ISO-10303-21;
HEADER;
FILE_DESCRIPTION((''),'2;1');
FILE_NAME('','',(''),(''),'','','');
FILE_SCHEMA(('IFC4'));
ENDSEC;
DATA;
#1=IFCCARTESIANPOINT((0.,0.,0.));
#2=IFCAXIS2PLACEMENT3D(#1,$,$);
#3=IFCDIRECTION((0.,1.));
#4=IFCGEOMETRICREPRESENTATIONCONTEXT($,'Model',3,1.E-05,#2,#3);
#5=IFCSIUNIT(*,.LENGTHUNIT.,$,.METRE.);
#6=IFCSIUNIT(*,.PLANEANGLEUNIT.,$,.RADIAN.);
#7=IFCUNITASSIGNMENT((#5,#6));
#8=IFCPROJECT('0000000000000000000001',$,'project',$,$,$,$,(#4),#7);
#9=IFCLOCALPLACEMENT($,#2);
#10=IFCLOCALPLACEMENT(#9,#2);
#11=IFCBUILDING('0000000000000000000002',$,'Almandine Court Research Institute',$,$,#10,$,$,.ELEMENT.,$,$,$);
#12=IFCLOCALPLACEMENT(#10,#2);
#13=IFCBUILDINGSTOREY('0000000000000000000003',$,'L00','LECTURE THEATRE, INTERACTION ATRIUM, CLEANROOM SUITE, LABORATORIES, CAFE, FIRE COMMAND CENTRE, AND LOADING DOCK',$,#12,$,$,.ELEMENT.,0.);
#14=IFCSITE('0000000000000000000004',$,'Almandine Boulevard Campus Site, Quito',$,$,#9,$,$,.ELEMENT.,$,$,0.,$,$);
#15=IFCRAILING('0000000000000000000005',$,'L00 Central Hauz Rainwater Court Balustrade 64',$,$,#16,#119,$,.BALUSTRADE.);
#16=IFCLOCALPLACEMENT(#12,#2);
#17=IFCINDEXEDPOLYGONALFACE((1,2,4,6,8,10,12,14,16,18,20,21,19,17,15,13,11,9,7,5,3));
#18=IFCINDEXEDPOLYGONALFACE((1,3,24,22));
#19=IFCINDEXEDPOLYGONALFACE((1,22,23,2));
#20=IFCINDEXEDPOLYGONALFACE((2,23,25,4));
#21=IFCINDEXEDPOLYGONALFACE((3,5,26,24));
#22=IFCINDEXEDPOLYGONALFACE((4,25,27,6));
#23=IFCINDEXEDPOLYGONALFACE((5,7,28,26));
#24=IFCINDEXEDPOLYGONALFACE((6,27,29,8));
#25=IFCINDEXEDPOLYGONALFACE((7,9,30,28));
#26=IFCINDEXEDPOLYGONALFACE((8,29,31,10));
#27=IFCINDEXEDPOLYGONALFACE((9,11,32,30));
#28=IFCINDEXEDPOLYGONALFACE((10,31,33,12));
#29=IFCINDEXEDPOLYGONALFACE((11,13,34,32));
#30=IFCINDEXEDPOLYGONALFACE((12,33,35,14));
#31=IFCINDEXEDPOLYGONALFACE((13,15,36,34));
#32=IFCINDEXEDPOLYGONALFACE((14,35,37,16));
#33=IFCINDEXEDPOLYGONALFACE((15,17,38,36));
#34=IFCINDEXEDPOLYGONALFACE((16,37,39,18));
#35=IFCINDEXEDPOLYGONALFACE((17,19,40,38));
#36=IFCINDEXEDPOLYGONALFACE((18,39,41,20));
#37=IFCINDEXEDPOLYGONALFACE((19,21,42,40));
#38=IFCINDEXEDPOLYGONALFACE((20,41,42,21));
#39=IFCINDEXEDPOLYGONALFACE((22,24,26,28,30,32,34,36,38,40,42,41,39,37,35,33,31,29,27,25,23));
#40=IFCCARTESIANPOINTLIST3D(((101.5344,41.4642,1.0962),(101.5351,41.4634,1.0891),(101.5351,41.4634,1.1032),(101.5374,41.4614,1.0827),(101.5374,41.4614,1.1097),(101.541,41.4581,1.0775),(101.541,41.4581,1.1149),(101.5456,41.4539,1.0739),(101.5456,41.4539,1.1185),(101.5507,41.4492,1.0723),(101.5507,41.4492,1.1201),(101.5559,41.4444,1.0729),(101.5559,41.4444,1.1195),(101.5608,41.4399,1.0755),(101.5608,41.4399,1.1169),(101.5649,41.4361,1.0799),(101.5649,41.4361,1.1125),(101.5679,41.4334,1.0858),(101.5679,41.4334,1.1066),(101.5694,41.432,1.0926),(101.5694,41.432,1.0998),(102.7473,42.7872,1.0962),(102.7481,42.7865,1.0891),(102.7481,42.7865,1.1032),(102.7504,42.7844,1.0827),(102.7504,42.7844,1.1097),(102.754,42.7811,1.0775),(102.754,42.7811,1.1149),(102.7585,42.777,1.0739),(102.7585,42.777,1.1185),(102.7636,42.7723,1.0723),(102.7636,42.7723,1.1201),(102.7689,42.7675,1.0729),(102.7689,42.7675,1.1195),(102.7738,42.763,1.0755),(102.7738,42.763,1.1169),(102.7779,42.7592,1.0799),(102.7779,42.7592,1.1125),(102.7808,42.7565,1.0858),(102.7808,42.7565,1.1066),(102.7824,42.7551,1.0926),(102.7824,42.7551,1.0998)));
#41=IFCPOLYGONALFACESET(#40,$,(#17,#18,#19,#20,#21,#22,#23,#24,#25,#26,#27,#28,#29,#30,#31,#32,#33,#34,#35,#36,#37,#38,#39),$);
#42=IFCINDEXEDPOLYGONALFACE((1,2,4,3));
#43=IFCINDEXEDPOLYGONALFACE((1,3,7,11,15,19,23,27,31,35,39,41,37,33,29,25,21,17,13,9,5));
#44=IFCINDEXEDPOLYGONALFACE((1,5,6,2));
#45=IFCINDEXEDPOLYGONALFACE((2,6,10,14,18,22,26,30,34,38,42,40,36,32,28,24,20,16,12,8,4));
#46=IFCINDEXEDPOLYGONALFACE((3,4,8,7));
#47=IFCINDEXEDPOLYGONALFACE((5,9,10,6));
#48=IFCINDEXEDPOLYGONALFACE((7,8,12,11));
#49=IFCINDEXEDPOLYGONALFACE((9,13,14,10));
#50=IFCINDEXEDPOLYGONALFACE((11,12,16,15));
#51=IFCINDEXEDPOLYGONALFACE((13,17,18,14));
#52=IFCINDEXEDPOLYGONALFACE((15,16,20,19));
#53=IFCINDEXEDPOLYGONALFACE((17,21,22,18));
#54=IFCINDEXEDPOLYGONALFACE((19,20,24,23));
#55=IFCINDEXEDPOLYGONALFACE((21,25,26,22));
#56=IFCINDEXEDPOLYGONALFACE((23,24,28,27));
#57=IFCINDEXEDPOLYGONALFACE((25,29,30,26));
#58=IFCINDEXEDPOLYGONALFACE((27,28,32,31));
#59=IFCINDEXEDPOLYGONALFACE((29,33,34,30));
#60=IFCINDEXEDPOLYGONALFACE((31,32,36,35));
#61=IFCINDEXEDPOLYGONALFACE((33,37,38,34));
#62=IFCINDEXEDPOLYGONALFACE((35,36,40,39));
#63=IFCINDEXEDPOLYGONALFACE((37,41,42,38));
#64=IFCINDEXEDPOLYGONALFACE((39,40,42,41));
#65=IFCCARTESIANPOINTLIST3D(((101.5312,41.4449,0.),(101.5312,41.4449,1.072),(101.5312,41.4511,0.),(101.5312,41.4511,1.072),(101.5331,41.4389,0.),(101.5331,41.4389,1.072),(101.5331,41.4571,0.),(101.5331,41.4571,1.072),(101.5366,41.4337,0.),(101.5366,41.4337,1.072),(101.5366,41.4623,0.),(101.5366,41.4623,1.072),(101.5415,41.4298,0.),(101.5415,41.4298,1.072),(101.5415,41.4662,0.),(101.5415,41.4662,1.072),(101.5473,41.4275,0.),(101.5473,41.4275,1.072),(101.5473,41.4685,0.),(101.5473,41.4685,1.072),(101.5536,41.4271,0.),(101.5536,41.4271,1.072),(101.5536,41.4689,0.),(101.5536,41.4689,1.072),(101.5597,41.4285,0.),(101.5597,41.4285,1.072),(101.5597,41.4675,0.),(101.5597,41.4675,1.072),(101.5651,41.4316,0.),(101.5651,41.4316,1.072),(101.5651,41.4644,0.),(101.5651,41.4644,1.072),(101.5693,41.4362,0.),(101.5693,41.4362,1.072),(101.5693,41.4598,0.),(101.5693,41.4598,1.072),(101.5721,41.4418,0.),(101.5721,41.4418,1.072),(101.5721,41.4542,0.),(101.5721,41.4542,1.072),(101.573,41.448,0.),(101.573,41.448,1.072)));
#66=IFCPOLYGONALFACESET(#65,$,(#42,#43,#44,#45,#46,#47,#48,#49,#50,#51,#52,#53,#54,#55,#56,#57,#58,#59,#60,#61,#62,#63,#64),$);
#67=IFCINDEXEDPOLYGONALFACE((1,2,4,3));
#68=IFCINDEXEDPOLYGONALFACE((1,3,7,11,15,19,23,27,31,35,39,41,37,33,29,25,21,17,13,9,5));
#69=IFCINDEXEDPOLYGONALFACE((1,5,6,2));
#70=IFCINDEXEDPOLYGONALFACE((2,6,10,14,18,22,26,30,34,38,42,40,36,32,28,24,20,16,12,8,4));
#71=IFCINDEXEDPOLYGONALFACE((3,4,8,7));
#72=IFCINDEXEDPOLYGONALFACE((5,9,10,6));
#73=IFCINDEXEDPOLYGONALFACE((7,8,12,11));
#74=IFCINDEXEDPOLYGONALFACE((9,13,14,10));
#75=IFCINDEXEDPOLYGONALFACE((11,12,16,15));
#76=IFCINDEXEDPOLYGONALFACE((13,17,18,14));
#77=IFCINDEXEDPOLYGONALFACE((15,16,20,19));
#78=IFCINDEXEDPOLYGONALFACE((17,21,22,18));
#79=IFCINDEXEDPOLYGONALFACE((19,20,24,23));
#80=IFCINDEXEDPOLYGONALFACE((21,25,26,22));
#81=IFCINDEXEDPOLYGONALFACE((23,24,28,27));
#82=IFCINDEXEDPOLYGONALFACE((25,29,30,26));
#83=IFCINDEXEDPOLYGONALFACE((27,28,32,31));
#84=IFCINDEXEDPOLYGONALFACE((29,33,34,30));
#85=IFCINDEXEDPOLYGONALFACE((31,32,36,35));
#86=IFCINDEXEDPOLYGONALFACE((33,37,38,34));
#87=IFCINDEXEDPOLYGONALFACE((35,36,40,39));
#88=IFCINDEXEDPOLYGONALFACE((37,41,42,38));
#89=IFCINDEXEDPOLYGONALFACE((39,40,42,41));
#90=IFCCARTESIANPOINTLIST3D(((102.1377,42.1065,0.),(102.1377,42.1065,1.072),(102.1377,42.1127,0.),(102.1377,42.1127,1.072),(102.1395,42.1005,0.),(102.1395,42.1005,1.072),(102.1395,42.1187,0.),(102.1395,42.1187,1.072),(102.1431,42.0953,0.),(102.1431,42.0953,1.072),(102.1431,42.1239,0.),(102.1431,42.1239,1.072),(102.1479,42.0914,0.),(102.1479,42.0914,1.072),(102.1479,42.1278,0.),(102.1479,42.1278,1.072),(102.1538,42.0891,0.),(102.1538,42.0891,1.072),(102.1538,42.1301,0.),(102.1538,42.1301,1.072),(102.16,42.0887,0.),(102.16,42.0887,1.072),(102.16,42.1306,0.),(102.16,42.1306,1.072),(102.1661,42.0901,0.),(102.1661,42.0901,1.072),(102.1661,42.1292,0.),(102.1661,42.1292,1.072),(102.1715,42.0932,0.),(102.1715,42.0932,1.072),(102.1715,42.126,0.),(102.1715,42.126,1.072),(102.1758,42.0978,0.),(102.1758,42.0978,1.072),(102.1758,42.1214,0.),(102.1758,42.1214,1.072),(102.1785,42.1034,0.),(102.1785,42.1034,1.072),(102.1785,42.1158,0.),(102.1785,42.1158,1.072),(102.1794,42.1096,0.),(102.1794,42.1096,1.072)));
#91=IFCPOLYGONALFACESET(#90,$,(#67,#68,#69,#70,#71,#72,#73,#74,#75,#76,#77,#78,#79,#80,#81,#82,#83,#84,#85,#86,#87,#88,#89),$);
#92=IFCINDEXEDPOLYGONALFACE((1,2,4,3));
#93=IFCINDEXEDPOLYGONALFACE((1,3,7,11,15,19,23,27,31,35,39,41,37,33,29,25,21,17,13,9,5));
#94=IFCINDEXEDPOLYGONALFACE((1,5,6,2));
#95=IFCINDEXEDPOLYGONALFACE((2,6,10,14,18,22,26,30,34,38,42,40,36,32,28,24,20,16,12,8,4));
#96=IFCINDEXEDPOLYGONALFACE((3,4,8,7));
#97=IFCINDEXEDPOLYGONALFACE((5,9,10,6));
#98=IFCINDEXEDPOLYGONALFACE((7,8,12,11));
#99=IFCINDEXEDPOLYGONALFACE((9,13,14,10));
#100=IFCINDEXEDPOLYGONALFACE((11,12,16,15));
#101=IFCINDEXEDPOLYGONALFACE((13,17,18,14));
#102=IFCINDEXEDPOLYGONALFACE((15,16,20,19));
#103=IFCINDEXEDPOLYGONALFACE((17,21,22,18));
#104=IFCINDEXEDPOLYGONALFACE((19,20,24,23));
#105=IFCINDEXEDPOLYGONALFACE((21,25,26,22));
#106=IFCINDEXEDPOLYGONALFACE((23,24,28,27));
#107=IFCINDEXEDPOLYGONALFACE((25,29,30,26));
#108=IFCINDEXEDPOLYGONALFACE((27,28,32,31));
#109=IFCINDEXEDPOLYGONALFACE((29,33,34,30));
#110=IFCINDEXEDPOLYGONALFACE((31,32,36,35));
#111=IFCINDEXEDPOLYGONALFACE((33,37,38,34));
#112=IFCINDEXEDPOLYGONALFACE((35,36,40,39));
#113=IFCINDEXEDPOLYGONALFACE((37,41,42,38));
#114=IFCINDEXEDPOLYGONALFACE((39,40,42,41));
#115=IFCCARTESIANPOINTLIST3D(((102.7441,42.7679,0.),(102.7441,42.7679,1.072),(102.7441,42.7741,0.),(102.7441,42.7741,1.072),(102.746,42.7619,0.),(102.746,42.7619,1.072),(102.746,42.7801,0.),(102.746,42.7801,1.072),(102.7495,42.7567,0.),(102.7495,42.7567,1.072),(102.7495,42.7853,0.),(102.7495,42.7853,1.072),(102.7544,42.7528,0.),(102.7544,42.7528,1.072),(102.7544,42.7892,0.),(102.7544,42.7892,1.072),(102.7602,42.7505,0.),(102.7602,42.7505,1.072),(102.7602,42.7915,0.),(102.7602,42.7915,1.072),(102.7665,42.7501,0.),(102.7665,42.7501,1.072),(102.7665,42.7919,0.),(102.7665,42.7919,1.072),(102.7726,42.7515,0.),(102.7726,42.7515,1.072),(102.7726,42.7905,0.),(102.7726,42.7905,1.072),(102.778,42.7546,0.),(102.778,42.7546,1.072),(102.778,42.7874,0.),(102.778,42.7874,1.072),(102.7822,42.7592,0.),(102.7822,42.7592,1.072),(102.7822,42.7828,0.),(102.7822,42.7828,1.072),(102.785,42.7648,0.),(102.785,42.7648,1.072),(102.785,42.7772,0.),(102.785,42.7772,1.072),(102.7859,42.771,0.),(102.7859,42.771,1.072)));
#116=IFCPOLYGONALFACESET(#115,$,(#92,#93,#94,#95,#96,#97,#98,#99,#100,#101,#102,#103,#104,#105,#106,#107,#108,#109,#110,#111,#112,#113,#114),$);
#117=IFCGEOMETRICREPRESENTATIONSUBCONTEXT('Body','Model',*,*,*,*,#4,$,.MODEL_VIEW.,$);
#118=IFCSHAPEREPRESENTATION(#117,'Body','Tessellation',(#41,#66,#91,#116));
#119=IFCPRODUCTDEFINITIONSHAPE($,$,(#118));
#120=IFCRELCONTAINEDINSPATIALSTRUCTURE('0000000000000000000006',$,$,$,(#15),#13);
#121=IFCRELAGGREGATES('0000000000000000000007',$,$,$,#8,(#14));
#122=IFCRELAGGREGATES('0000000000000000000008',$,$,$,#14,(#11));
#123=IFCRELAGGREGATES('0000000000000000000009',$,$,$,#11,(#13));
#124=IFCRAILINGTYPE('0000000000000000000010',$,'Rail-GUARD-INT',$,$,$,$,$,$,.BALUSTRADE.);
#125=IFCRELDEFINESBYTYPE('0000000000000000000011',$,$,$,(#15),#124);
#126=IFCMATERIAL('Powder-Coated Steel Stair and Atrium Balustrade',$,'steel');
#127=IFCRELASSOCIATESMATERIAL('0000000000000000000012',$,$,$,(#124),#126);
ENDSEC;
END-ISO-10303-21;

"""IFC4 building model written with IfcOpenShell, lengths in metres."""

from ifc_helpers import new_model, si_unit, direction, frame, origin, origin_2d, place, context, subcontext, project, spatial, circle, extrude, material, type_object, element, save


model = new_model("IFC4")

# Units and contexts
model_context = context("Model", 3, precision=1e-05, world=origin(), true_north=direction((0.0, 1.0)))
body_context = subcontext(model_context, "Body", "Model", "MODEL_VIEW")
ifc_project = project(units=[si_unit("LENGTHUNIT", "METRE"), si_unit("PLANEANGLEUNIT", "RADIAN")], contexts=[model_context])

# Site, building, storey
site_placement = place(None, origin())
site = spatial("IfcSite", under=ifc_project, at=site_placement, Name="Almandine Boulevard Campus Site, Quito", CompositionType="ELEMENT", RefElevation=0.0)
building_placement = place(site_placement, origin())
building = spatial("IfcBuilding", under=site, at=building_placement, Name="Almandine Court Research Institute", CompositionType="ELEMENT")
storey_placement = place(building_placement, origin())
storey = spatial("IfcBuildingStorey", under=building, at=storey_placement, Name="L00", Description="LECTURE THEATRE, INTERACTION ATRIUM, CLEANROOM SUITE, LABORATORIES, CAFE, FIRE COMMAND CENTRE, AND LOADING DOCK", CompositionType="ELEMENT", Elevation=0.0)

# Railing
ifc_material_1 = material(Name="Powder-Coated Steel Stair and Atrium Balustrade", Category="steel")
railing_type = type_object("IfcRailingType", Name="Rail-GUARD-INT", PredefinedType="BALUSTRADE", material=ifc_material_1)
railing_1_placement = place(storey_placement, frame((101.552, 41.448, 0.0)))
element("IfcRailing", 1, at=railing_1_placement, inside=storey, type_object=railing_type, Name="L00 Central Hauz Rainwater Court Balustrade 64", PredefinedType="BALUSTRADE", context=body_context, shape_type="SweptSolid", body=[
    extrude(circle(Radius=0.0239, at=origin_2d()), frame((0.0, 0.0, 1.0962), z_axis=(0.675768, 0.737115, 0.0), x_axis=(-0.737115, 0.675768, 0.0)), (0.0, 0.0, 1.0), 1.7949),
    extrude(circle(Radius=0.021, at=origin_2d()), origin(), (0.0, 0.0, 1.0), 1.072),
    extrude(circle(Radius=0.021, at=origin_2d()), frame((0.6064, 0.6616, 0.0)), (0.0, 0.0, 1.0), 1.072),
    extrude(circle(Radius=0.021, at=origin_2d()), frame((1.2129, 1.323, 0.0)), (0.0, 0.0, 1.0), 1.072),
])

save(model, "model.ifc")
